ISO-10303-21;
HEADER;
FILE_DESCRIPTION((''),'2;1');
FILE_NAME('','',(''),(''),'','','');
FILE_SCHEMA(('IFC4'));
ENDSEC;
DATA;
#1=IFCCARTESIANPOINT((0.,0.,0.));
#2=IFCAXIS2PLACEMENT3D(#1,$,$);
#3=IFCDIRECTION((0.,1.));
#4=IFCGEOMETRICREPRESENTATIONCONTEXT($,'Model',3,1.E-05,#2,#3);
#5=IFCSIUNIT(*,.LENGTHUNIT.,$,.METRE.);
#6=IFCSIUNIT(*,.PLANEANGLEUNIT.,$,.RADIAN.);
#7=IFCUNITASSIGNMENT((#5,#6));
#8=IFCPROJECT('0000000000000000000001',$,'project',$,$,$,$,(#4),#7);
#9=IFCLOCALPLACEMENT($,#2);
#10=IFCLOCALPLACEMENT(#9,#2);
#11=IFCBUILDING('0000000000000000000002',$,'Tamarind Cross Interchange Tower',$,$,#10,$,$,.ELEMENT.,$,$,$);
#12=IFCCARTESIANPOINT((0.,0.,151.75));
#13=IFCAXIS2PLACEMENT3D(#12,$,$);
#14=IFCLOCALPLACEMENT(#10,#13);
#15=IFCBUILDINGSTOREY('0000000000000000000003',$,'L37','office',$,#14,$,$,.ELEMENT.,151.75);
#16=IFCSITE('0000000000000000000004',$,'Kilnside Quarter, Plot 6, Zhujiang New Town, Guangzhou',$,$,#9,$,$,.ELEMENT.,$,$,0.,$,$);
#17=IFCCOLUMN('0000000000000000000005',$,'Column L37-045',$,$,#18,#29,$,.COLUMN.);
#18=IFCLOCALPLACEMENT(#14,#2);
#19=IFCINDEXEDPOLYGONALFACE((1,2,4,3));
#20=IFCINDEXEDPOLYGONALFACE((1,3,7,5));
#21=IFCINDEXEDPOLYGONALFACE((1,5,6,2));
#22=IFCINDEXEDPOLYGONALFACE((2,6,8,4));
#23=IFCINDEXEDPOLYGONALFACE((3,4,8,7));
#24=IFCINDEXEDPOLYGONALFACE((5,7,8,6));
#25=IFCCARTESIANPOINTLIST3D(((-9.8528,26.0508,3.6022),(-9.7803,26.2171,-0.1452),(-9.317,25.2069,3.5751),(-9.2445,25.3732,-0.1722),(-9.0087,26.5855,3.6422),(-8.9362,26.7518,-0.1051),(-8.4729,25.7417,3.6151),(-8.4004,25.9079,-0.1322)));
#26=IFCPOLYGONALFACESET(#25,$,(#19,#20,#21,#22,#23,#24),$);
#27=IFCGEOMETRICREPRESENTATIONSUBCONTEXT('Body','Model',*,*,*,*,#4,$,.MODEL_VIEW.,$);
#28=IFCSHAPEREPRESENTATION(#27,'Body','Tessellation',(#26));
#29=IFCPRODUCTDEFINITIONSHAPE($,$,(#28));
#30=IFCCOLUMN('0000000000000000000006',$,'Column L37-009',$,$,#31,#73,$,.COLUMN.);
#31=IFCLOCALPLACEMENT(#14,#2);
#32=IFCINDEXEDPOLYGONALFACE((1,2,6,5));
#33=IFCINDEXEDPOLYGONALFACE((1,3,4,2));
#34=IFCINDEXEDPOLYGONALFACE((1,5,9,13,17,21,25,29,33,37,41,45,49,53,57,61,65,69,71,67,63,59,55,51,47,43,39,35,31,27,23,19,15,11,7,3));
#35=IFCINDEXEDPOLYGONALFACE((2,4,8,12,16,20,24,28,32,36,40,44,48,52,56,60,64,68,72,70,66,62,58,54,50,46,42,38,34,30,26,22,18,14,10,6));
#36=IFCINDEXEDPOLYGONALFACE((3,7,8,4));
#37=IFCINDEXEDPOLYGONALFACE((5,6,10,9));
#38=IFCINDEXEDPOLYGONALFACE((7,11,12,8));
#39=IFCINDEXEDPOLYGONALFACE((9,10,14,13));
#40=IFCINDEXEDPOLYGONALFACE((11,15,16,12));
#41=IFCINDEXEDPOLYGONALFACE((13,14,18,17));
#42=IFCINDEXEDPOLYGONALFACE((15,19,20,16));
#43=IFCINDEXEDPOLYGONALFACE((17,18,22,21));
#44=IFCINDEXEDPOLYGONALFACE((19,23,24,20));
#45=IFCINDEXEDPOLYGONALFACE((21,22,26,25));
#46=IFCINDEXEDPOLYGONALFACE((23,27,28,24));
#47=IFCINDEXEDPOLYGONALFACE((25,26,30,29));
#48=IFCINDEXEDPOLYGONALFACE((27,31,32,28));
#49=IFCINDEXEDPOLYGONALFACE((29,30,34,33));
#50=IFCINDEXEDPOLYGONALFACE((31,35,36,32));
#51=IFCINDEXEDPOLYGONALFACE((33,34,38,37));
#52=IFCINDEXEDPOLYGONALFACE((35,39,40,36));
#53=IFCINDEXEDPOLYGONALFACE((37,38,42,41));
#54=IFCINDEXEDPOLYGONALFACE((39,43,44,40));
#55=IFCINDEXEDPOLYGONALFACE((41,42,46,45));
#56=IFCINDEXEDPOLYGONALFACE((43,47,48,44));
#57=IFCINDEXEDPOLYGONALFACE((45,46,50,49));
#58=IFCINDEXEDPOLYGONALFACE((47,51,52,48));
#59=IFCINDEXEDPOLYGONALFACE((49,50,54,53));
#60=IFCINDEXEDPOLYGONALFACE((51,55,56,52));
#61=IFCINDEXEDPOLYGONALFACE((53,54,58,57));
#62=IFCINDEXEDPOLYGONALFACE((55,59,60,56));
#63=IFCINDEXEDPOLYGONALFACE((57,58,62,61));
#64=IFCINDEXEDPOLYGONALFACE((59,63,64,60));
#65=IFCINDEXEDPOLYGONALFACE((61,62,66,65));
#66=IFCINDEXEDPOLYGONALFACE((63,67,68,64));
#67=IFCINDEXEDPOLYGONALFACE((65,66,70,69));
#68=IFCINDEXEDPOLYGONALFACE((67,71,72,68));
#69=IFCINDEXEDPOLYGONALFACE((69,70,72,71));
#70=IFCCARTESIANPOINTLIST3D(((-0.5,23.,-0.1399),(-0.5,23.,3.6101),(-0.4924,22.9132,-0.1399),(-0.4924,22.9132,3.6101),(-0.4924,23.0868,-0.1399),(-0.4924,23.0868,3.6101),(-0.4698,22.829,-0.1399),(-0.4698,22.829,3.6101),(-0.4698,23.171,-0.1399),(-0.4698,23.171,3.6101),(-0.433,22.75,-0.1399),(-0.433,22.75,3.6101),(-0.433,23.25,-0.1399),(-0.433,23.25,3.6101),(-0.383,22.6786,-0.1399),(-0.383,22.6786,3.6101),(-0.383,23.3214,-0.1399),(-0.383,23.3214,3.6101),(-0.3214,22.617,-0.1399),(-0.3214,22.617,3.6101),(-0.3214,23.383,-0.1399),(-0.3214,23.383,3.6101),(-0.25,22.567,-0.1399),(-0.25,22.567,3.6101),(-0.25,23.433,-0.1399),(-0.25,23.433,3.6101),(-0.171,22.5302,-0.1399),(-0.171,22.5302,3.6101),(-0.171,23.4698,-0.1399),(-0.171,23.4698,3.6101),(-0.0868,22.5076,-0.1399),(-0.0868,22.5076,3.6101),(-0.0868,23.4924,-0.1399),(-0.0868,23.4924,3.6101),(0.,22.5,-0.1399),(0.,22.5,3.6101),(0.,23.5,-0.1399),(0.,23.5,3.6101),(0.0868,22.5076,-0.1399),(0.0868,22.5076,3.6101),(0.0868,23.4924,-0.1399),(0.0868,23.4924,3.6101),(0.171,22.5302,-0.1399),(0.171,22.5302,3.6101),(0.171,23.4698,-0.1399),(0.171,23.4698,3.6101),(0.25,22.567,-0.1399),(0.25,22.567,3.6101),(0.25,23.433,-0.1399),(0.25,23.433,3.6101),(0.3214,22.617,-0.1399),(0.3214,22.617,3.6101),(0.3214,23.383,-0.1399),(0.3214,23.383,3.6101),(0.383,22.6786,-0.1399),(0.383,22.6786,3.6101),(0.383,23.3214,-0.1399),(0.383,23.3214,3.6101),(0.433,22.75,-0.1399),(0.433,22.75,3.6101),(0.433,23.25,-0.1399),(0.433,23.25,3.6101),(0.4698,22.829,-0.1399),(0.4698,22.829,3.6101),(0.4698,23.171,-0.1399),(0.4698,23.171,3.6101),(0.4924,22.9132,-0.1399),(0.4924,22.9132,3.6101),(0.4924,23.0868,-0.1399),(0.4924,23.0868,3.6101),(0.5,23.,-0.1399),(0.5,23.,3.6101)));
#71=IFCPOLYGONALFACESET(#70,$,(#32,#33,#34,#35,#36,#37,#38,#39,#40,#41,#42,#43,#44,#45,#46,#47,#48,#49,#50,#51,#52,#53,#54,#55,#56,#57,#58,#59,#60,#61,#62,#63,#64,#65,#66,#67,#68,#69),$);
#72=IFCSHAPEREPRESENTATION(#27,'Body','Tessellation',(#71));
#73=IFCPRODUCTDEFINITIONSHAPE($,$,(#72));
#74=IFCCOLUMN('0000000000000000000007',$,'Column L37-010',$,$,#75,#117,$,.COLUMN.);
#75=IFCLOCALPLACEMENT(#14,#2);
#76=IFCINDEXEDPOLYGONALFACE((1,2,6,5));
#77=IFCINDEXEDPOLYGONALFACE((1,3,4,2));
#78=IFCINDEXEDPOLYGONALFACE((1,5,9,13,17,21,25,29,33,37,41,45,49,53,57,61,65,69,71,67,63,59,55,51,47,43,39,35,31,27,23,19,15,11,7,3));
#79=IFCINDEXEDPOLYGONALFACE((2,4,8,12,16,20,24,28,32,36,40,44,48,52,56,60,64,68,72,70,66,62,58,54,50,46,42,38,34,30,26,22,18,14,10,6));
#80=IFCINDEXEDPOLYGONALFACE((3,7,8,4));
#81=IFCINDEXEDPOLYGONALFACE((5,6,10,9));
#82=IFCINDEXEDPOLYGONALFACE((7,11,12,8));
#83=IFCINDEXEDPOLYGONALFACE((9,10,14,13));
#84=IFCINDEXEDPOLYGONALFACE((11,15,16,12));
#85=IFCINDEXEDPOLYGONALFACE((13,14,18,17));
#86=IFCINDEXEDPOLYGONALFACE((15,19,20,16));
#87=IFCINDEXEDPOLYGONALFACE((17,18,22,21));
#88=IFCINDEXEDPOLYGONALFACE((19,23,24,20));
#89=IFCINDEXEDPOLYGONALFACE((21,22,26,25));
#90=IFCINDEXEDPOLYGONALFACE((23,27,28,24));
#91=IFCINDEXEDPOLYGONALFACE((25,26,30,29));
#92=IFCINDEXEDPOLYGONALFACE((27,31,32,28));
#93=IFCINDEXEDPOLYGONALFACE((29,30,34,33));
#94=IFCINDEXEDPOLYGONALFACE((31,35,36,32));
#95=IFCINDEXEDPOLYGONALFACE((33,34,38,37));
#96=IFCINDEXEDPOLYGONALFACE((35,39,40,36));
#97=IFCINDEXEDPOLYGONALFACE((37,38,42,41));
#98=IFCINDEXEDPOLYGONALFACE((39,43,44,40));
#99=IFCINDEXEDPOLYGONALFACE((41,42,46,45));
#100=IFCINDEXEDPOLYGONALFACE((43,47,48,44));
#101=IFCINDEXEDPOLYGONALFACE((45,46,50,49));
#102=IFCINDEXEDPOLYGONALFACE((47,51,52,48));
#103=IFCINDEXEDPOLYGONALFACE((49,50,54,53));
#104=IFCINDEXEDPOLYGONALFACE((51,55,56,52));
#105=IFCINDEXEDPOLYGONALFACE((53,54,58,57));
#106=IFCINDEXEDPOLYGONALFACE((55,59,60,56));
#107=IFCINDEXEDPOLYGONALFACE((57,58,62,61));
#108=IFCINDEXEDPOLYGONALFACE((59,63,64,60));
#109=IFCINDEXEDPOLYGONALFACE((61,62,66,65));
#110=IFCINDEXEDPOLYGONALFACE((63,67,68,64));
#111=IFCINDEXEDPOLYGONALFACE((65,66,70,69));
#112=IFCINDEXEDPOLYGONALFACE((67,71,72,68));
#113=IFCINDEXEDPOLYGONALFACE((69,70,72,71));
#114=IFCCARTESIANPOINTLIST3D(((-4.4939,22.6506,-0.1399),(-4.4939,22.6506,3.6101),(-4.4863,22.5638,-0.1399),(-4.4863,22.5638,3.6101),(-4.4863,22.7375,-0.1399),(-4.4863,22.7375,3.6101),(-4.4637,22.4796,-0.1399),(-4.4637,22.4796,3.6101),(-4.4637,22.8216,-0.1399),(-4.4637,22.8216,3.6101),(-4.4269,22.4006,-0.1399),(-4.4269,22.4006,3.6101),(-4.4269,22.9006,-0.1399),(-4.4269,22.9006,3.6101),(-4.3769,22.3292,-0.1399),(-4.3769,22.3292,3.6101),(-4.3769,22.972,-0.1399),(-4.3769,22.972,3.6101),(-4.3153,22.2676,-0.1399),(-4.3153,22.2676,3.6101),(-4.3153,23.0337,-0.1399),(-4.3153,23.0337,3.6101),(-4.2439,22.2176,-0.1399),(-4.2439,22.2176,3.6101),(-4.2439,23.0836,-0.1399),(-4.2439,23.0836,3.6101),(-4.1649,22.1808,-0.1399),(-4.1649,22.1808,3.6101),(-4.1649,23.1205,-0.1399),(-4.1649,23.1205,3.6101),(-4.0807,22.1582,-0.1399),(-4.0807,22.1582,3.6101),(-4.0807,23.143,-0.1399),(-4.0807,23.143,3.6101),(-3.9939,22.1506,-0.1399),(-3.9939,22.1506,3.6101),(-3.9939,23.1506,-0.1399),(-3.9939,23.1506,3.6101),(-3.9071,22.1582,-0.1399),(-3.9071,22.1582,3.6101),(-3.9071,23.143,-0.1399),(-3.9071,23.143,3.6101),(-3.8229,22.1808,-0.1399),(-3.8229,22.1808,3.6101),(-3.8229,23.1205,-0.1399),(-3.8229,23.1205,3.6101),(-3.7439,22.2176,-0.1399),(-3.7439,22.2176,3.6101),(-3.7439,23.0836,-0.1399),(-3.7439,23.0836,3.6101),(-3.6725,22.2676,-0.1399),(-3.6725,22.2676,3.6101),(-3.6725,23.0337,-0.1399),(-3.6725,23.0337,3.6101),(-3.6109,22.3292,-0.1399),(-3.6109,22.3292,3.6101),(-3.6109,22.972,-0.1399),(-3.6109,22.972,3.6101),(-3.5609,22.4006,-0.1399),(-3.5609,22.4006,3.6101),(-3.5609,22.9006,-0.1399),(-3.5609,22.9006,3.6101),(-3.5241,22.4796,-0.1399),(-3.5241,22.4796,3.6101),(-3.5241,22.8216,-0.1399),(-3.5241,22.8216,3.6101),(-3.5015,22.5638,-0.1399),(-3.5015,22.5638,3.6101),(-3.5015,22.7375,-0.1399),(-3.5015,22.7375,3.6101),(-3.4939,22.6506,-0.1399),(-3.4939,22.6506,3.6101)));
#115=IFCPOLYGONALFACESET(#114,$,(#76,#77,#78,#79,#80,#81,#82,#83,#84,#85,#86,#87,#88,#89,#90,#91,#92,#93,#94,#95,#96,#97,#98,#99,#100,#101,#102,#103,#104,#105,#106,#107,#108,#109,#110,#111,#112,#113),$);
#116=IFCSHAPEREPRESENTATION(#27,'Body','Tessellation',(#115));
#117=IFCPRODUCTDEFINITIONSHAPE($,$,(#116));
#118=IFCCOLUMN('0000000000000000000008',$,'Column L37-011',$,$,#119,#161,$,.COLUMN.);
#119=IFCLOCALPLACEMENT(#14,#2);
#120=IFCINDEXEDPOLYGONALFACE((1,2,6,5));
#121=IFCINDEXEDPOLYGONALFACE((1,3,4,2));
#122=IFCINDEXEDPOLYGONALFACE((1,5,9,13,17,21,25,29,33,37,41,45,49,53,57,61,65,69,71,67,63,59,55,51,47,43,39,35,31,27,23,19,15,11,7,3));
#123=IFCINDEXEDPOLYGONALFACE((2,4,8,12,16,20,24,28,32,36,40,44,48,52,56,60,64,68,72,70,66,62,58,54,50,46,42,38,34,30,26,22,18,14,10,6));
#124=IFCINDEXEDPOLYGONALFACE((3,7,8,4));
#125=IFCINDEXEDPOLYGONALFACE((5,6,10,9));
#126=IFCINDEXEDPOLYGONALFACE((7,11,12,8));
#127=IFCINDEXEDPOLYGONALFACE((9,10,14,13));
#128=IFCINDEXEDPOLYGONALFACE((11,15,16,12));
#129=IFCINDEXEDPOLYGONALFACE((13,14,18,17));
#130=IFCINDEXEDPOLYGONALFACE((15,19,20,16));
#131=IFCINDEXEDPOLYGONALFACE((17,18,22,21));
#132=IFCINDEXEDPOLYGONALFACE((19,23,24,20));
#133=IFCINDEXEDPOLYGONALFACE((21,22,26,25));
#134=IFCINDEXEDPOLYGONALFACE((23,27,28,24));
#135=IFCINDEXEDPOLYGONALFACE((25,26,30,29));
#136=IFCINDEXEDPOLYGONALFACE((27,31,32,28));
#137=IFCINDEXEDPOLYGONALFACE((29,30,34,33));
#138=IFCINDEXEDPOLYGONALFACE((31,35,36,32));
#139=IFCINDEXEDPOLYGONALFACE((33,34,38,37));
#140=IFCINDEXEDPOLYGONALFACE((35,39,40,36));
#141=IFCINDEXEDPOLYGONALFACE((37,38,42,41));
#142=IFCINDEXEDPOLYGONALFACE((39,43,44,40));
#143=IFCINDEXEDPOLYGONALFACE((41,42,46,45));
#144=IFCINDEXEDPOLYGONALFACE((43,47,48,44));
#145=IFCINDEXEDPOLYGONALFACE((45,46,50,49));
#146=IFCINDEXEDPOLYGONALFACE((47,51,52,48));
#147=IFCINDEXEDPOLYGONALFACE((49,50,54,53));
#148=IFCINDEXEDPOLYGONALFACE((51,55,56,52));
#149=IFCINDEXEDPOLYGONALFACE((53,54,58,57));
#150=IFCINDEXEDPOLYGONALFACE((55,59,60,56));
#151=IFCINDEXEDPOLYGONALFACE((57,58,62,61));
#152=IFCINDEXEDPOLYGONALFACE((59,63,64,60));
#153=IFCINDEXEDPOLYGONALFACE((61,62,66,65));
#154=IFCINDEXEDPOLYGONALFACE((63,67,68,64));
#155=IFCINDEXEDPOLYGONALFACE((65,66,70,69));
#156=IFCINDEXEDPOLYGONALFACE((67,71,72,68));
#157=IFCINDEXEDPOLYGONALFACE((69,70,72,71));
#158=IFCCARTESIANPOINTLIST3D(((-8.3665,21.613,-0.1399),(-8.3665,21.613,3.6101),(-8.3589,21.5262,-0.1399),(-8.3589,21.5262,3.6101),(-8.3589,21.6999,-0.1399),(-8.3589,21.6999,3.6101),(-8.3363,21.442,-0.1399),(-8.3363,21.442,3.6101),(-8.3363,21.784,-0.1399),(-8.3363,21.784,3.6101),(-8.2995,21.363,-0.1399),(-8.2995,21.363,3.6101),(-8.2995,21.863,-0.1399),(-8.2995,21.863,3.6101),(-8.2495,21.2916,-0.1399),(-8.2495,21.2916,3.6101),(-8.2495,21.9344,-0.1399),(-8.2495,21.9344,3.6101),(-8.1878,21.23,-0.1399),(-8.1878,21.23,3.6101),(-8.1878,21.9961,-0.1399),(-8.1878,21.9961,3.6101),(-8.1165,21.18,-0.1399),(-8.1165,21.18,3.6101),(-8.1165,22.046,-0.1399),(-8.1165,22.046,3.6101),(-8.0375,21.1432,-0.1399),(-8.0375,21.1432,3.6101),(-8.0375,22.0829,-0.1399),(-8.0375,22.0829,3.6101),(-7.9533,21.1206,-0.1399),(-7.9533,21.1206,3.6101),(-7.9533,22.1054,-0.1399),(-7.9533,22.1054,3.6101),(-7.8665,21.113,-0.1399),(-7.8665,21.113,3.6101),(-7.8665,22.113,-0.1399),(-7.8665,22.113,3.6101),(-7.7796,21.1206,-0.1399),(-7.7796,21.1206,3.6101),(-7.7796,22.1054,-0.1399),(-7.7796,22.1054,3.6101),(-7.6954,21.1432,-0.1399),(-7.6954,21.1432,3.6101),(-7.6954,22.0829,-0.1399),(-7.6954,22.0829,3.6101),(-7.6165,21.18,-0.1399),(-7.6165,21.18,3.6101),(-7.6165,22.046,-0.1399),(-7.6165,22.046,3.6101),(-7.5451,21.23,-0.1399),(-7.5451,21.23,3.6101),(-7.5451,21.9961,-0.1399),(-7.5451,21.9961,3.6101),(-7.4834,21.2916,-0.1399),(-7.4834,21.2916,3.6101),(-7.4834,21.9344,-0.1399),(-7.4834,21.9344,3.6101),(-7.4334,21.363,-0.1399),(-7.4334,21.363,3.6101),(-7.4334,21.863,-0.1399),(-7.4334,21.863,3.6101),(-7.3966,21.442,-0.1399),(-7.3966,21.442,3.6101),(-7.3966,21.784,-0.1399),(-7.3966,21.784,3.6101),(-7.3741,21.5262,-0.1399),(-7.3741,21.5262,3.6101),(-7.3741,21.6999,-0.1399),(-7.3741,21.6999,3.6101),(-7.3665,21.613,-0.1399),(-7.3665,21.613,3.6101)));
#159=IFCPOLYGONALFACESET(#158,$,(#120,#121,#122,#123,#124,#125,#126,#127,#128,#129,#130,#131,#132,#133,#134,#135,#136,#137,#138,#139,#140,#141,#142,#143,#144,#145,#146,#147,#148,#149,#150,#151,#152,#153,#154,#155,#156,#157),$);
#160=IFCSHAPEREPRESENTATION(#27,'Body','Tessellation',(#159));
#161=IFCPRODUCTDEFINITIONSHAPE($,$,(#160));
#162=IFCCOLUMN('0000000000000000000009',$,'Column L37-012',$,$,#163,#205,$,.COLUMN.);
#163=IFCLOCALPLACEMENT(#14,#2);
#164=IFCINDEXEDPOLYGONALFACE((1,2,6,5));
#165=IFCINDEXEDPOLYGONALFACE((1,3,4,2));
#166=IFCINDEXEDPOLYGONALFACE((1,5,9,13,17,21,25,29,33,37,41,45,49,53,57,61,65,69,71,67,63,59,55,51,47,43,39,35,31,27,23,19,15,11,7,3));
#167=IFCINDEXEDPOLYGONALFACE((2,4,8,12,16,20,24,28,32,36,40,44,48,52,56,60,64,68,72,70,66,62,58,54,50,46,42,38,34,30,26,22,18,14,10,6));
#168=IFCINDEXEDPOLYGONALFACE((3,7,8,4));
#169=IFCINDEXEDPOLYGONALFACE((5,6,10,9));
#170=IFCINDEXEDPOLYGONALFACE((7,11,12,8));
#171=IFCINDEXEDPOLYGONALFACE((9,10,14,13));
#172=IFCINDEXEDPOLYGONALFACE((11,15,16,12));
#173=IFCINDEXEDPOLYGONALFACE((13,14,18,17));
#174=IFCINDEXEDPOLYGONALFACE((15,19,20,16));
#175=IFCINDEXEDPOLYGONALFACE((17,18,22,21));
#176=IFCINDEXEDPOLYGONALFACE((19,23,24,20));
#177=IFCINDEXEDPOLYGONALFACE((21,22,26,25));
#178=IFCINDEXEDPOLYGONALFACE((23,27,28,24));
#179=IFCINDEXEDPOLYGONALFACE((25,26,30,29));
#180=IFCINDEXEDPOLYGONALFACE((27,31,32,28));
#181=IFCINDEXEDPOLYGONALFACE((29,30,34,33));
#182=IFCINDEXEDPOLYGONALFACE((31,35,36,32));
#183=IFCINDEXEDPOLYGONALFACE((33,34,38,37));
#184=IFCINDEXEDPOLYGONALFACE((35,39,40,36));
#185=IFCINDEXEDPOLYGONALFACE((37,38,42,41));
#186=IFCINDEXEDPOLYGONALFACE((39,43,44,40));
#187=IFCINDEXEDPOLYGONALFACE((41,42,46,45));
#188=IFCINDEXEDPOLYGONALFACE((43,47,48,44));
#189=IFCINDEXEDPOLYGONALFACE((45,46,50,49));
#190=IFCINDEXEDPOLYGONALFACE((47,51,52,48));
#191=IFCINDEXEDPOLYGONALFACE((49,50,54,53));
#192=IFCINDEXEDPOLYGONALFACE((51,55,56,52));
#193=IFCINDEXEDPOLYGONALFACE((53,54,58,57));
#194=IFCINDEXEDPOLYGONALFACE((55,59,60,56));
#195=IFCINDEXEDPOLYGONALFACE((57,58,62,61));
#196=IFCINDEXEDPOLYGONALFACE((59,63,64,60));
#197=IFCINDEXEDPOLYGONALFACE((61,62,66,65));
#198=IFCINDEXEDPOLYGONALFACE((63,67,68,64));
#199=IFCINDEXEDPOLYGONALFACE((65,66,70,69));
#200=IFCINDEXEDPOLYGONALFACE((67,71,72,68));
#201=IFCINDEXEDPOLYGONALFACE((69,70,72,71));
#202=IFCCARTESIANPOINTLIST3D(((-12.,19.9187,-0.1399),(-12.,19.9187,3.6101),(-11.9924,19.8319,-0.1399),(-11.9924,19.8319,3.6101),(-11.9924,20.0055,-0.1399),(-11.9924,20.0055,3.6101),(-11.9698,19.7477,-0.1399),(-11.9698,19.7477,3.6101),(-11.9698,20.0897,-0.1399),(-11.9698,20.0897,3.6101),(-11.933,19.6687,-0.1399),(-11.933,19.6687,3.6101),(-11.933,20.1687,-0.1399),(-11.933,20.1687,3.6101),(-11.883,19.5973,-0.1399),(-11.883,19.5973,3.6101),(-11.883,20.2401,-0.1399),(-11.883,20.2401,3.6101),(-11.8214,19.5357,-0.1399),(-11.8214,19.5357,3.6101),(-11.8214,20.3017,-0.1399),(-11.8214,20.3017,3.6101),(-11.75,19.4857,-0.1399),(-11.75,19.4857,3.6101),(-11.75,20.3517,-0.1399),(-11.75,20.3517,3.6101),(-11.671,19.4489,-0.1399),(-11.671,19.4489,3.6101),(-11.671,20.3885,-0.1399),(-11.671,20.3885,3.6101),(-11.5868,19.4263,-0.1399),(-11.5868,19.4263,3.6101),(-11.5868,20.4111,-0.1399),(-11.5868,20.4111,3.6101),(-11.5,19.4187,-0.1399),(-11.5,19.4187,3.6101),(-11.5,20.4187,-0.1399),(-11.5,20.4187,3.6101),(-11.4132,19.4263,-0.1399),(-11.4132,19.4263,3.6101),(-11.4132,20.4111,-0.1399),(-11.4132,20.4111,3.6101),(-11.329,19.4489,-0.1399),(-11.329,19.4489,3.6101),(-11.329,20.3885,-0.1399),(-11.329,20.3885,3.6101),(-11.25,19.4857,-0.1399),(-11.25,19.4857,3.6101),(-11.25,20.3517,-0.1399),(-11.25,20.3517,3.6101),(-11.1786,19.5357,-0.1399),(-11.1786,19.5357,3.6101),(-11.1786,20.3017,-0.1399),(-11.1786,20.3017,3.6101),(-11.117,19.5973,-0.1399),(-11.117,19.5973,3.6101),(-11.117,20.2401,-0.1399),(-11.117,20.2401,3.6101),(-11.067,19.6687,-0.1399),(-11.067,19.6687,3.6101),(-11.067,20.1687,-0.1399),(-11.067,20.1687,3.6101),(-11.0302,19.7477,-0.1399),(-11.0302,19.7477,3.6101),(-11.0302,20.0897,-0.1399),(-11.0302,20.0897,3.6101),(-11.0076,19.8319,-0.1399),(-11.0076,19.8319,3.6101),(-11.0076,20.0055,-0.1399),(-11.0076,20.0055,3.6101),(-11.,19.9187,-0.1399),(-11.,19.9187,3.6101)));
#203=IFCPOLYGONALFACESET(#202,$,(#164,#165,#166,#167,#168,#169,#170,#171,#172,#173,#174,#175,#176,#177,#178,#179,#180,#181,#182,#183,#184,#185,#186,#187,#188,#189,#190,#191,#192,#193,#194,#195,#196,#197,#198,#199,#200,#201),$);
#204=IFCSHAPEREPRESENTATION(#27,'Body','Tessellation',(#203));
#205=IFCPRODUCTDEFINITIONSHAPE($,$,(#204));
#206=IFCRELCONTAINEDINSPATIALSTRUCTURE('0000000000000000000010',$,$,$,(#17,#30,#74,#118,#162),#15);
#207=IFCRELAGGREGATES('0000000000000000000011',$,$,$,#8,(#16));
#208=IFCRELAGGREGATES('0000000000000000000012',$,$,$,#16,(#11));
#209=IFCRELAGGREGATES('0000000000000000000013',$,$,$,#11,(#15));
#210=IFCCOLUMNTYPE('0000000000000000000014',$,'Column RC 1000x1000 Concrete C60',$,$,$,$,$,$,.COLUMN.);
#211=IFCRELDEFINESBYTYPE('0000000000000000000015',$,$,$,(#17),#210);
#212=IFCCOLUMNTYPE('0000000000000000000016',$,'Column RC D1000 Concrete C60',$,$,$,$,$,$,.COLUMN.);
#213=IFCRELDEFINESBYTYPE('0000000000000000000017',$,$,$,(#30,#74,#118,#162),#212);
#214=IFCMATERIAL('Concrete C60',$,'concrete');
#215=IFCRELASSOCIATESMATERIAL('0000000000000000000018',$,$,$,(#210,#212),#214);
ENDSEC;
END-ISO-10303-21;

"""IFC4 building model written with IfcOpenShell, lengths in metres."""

from ifc_helpers import new_model, si_unit, direction, frame, origin, origin_2d, place, context, subcontext, project, spatial, rectangle, circle, extrude, material, material_profile, profile_set, type_object, element, save


model = new_model("IFC4")

# Units and contexts
model_context = context("Model", 3, precision=1e-05, world=origin(), true_north=direction((0.0, 1.0)))
body_context = subcontext(model_context, "Body", "Model", "MODEL_VIEW")
ifc_project = project(units=[si_unit("LENGTHUNIT", "METRE"), si_unit("PLANEANGLEUNIT", "RADIAN")], contexts=[model_context])

# Site, building, storey
site_placement = place(None, origin())
site = spatial("IfcSite", under=ifc_project, at=site_placement, Name="Kilnside Quarter, Plot 6, Zhujiang New Town, Guangzhou", CompositionType="ELEMENT", RefElevation=0.0)
building_placement = place(site_placement, origin())
building = spatial("IfcBuilding", under=site, at=building_placement, Name="Tamarind Cross Interchange Tower", CompositionType="ELEMENT")
storey_placement = place(building_placement, frame((0.0, 0.0, 151.75)))
storey = spatial("IfcBuildingStorey", under=building, at=storey_placement, Name="L37", Description="office", CompositionType="ELEMENT", Elevation=151.75)

# Columns
ifc_material_1 = material(Name="Concrete C60", Category="concrete")
ifc_material_profile_1 = material_profile(ifc_material_1, rectangle(XDim=1.0, YDim=1.0, at=origin_2d()), Name="RC 1000x1000")
ifc_profile_set_1 = profile_set([ifc_material_profile_1], Name="Concrete C60")
column_type_1 = type_object("IfcColumnType", Name="Column RC 1000x1000 Concrete C60", PredefinedType="COLUMN", material=ifc_profile_set_1)
column_placement = place(storey_placement, frame((-9.0903, 26.0625, -0.1387), z_axis=(-0.019327, -0.044316, 0.998831), x_axis=(0.84409, 0.534703, 0.040057)))
element("IfcColumn", 1, at=column_placement, inside=storey, type_object=column_type_1, Name="Column L37-045", PredefinedType="COLUMN", context=body_context, shape_type="SweptSolid", body=[
    extrude(rectangle(XDim=1.0, YDim=1.0, at=origin_2d()), origin(), (0.0, 0.0, 1.0), 3.7517),
])
ifc_material_profile_2 = material_profile(ifc_material_1, circle(Radius=0.5, at=origin_2d()), Name="RC D1000")
ifc_profile_set_2 = profile_set([ifc_material_profile_2], Name="Concrete C60")
column_type_2 = type_object("IfcColumnType", Name="Column RC D1000 Concrete C60", PredefinedType="COLUMN", material=ifc_profile_set_2)
for number, where, z_axis, x_axis, name in (
    (2, (0.0, 23.0, -0.1399), (0.0, 0.0, 1.0), (1.0, 0.0, 0.0), "Column L37-009"),
    (3, (-3.9939, 22.6506, -0.1399), (0.0, 0.0, 1.0), (1.0, 0.0, 0.0), "Column L37-010"),
    (4, (-7.8665, 21.613, -0.1399), (0.0, 0.0, 1.0), (1.0, 0.0, 0.0), "Column L37-011"),
    (5, (-11.5, 19.9187, -0.1399), (0.0, 0.0, 1.0), (1.0, 0.0, 0.0), "Column L37-012"),
):
    element("IfcColumn", number, at=place(storey_placement, frame(where, z_axis=z_axis, x_axis=x_axis)), inside=storey, type_object=column_type_2, Name=name, PredefinedType="COLUMN", context=body_context, shape_type="SweptSolid", body=[
        extrude(circle(Radius=0.5, at=origin_2d()), origin(), (0.0, 0.0, 1.0), 3.75),
    ])

save(model, "model.ifc")
